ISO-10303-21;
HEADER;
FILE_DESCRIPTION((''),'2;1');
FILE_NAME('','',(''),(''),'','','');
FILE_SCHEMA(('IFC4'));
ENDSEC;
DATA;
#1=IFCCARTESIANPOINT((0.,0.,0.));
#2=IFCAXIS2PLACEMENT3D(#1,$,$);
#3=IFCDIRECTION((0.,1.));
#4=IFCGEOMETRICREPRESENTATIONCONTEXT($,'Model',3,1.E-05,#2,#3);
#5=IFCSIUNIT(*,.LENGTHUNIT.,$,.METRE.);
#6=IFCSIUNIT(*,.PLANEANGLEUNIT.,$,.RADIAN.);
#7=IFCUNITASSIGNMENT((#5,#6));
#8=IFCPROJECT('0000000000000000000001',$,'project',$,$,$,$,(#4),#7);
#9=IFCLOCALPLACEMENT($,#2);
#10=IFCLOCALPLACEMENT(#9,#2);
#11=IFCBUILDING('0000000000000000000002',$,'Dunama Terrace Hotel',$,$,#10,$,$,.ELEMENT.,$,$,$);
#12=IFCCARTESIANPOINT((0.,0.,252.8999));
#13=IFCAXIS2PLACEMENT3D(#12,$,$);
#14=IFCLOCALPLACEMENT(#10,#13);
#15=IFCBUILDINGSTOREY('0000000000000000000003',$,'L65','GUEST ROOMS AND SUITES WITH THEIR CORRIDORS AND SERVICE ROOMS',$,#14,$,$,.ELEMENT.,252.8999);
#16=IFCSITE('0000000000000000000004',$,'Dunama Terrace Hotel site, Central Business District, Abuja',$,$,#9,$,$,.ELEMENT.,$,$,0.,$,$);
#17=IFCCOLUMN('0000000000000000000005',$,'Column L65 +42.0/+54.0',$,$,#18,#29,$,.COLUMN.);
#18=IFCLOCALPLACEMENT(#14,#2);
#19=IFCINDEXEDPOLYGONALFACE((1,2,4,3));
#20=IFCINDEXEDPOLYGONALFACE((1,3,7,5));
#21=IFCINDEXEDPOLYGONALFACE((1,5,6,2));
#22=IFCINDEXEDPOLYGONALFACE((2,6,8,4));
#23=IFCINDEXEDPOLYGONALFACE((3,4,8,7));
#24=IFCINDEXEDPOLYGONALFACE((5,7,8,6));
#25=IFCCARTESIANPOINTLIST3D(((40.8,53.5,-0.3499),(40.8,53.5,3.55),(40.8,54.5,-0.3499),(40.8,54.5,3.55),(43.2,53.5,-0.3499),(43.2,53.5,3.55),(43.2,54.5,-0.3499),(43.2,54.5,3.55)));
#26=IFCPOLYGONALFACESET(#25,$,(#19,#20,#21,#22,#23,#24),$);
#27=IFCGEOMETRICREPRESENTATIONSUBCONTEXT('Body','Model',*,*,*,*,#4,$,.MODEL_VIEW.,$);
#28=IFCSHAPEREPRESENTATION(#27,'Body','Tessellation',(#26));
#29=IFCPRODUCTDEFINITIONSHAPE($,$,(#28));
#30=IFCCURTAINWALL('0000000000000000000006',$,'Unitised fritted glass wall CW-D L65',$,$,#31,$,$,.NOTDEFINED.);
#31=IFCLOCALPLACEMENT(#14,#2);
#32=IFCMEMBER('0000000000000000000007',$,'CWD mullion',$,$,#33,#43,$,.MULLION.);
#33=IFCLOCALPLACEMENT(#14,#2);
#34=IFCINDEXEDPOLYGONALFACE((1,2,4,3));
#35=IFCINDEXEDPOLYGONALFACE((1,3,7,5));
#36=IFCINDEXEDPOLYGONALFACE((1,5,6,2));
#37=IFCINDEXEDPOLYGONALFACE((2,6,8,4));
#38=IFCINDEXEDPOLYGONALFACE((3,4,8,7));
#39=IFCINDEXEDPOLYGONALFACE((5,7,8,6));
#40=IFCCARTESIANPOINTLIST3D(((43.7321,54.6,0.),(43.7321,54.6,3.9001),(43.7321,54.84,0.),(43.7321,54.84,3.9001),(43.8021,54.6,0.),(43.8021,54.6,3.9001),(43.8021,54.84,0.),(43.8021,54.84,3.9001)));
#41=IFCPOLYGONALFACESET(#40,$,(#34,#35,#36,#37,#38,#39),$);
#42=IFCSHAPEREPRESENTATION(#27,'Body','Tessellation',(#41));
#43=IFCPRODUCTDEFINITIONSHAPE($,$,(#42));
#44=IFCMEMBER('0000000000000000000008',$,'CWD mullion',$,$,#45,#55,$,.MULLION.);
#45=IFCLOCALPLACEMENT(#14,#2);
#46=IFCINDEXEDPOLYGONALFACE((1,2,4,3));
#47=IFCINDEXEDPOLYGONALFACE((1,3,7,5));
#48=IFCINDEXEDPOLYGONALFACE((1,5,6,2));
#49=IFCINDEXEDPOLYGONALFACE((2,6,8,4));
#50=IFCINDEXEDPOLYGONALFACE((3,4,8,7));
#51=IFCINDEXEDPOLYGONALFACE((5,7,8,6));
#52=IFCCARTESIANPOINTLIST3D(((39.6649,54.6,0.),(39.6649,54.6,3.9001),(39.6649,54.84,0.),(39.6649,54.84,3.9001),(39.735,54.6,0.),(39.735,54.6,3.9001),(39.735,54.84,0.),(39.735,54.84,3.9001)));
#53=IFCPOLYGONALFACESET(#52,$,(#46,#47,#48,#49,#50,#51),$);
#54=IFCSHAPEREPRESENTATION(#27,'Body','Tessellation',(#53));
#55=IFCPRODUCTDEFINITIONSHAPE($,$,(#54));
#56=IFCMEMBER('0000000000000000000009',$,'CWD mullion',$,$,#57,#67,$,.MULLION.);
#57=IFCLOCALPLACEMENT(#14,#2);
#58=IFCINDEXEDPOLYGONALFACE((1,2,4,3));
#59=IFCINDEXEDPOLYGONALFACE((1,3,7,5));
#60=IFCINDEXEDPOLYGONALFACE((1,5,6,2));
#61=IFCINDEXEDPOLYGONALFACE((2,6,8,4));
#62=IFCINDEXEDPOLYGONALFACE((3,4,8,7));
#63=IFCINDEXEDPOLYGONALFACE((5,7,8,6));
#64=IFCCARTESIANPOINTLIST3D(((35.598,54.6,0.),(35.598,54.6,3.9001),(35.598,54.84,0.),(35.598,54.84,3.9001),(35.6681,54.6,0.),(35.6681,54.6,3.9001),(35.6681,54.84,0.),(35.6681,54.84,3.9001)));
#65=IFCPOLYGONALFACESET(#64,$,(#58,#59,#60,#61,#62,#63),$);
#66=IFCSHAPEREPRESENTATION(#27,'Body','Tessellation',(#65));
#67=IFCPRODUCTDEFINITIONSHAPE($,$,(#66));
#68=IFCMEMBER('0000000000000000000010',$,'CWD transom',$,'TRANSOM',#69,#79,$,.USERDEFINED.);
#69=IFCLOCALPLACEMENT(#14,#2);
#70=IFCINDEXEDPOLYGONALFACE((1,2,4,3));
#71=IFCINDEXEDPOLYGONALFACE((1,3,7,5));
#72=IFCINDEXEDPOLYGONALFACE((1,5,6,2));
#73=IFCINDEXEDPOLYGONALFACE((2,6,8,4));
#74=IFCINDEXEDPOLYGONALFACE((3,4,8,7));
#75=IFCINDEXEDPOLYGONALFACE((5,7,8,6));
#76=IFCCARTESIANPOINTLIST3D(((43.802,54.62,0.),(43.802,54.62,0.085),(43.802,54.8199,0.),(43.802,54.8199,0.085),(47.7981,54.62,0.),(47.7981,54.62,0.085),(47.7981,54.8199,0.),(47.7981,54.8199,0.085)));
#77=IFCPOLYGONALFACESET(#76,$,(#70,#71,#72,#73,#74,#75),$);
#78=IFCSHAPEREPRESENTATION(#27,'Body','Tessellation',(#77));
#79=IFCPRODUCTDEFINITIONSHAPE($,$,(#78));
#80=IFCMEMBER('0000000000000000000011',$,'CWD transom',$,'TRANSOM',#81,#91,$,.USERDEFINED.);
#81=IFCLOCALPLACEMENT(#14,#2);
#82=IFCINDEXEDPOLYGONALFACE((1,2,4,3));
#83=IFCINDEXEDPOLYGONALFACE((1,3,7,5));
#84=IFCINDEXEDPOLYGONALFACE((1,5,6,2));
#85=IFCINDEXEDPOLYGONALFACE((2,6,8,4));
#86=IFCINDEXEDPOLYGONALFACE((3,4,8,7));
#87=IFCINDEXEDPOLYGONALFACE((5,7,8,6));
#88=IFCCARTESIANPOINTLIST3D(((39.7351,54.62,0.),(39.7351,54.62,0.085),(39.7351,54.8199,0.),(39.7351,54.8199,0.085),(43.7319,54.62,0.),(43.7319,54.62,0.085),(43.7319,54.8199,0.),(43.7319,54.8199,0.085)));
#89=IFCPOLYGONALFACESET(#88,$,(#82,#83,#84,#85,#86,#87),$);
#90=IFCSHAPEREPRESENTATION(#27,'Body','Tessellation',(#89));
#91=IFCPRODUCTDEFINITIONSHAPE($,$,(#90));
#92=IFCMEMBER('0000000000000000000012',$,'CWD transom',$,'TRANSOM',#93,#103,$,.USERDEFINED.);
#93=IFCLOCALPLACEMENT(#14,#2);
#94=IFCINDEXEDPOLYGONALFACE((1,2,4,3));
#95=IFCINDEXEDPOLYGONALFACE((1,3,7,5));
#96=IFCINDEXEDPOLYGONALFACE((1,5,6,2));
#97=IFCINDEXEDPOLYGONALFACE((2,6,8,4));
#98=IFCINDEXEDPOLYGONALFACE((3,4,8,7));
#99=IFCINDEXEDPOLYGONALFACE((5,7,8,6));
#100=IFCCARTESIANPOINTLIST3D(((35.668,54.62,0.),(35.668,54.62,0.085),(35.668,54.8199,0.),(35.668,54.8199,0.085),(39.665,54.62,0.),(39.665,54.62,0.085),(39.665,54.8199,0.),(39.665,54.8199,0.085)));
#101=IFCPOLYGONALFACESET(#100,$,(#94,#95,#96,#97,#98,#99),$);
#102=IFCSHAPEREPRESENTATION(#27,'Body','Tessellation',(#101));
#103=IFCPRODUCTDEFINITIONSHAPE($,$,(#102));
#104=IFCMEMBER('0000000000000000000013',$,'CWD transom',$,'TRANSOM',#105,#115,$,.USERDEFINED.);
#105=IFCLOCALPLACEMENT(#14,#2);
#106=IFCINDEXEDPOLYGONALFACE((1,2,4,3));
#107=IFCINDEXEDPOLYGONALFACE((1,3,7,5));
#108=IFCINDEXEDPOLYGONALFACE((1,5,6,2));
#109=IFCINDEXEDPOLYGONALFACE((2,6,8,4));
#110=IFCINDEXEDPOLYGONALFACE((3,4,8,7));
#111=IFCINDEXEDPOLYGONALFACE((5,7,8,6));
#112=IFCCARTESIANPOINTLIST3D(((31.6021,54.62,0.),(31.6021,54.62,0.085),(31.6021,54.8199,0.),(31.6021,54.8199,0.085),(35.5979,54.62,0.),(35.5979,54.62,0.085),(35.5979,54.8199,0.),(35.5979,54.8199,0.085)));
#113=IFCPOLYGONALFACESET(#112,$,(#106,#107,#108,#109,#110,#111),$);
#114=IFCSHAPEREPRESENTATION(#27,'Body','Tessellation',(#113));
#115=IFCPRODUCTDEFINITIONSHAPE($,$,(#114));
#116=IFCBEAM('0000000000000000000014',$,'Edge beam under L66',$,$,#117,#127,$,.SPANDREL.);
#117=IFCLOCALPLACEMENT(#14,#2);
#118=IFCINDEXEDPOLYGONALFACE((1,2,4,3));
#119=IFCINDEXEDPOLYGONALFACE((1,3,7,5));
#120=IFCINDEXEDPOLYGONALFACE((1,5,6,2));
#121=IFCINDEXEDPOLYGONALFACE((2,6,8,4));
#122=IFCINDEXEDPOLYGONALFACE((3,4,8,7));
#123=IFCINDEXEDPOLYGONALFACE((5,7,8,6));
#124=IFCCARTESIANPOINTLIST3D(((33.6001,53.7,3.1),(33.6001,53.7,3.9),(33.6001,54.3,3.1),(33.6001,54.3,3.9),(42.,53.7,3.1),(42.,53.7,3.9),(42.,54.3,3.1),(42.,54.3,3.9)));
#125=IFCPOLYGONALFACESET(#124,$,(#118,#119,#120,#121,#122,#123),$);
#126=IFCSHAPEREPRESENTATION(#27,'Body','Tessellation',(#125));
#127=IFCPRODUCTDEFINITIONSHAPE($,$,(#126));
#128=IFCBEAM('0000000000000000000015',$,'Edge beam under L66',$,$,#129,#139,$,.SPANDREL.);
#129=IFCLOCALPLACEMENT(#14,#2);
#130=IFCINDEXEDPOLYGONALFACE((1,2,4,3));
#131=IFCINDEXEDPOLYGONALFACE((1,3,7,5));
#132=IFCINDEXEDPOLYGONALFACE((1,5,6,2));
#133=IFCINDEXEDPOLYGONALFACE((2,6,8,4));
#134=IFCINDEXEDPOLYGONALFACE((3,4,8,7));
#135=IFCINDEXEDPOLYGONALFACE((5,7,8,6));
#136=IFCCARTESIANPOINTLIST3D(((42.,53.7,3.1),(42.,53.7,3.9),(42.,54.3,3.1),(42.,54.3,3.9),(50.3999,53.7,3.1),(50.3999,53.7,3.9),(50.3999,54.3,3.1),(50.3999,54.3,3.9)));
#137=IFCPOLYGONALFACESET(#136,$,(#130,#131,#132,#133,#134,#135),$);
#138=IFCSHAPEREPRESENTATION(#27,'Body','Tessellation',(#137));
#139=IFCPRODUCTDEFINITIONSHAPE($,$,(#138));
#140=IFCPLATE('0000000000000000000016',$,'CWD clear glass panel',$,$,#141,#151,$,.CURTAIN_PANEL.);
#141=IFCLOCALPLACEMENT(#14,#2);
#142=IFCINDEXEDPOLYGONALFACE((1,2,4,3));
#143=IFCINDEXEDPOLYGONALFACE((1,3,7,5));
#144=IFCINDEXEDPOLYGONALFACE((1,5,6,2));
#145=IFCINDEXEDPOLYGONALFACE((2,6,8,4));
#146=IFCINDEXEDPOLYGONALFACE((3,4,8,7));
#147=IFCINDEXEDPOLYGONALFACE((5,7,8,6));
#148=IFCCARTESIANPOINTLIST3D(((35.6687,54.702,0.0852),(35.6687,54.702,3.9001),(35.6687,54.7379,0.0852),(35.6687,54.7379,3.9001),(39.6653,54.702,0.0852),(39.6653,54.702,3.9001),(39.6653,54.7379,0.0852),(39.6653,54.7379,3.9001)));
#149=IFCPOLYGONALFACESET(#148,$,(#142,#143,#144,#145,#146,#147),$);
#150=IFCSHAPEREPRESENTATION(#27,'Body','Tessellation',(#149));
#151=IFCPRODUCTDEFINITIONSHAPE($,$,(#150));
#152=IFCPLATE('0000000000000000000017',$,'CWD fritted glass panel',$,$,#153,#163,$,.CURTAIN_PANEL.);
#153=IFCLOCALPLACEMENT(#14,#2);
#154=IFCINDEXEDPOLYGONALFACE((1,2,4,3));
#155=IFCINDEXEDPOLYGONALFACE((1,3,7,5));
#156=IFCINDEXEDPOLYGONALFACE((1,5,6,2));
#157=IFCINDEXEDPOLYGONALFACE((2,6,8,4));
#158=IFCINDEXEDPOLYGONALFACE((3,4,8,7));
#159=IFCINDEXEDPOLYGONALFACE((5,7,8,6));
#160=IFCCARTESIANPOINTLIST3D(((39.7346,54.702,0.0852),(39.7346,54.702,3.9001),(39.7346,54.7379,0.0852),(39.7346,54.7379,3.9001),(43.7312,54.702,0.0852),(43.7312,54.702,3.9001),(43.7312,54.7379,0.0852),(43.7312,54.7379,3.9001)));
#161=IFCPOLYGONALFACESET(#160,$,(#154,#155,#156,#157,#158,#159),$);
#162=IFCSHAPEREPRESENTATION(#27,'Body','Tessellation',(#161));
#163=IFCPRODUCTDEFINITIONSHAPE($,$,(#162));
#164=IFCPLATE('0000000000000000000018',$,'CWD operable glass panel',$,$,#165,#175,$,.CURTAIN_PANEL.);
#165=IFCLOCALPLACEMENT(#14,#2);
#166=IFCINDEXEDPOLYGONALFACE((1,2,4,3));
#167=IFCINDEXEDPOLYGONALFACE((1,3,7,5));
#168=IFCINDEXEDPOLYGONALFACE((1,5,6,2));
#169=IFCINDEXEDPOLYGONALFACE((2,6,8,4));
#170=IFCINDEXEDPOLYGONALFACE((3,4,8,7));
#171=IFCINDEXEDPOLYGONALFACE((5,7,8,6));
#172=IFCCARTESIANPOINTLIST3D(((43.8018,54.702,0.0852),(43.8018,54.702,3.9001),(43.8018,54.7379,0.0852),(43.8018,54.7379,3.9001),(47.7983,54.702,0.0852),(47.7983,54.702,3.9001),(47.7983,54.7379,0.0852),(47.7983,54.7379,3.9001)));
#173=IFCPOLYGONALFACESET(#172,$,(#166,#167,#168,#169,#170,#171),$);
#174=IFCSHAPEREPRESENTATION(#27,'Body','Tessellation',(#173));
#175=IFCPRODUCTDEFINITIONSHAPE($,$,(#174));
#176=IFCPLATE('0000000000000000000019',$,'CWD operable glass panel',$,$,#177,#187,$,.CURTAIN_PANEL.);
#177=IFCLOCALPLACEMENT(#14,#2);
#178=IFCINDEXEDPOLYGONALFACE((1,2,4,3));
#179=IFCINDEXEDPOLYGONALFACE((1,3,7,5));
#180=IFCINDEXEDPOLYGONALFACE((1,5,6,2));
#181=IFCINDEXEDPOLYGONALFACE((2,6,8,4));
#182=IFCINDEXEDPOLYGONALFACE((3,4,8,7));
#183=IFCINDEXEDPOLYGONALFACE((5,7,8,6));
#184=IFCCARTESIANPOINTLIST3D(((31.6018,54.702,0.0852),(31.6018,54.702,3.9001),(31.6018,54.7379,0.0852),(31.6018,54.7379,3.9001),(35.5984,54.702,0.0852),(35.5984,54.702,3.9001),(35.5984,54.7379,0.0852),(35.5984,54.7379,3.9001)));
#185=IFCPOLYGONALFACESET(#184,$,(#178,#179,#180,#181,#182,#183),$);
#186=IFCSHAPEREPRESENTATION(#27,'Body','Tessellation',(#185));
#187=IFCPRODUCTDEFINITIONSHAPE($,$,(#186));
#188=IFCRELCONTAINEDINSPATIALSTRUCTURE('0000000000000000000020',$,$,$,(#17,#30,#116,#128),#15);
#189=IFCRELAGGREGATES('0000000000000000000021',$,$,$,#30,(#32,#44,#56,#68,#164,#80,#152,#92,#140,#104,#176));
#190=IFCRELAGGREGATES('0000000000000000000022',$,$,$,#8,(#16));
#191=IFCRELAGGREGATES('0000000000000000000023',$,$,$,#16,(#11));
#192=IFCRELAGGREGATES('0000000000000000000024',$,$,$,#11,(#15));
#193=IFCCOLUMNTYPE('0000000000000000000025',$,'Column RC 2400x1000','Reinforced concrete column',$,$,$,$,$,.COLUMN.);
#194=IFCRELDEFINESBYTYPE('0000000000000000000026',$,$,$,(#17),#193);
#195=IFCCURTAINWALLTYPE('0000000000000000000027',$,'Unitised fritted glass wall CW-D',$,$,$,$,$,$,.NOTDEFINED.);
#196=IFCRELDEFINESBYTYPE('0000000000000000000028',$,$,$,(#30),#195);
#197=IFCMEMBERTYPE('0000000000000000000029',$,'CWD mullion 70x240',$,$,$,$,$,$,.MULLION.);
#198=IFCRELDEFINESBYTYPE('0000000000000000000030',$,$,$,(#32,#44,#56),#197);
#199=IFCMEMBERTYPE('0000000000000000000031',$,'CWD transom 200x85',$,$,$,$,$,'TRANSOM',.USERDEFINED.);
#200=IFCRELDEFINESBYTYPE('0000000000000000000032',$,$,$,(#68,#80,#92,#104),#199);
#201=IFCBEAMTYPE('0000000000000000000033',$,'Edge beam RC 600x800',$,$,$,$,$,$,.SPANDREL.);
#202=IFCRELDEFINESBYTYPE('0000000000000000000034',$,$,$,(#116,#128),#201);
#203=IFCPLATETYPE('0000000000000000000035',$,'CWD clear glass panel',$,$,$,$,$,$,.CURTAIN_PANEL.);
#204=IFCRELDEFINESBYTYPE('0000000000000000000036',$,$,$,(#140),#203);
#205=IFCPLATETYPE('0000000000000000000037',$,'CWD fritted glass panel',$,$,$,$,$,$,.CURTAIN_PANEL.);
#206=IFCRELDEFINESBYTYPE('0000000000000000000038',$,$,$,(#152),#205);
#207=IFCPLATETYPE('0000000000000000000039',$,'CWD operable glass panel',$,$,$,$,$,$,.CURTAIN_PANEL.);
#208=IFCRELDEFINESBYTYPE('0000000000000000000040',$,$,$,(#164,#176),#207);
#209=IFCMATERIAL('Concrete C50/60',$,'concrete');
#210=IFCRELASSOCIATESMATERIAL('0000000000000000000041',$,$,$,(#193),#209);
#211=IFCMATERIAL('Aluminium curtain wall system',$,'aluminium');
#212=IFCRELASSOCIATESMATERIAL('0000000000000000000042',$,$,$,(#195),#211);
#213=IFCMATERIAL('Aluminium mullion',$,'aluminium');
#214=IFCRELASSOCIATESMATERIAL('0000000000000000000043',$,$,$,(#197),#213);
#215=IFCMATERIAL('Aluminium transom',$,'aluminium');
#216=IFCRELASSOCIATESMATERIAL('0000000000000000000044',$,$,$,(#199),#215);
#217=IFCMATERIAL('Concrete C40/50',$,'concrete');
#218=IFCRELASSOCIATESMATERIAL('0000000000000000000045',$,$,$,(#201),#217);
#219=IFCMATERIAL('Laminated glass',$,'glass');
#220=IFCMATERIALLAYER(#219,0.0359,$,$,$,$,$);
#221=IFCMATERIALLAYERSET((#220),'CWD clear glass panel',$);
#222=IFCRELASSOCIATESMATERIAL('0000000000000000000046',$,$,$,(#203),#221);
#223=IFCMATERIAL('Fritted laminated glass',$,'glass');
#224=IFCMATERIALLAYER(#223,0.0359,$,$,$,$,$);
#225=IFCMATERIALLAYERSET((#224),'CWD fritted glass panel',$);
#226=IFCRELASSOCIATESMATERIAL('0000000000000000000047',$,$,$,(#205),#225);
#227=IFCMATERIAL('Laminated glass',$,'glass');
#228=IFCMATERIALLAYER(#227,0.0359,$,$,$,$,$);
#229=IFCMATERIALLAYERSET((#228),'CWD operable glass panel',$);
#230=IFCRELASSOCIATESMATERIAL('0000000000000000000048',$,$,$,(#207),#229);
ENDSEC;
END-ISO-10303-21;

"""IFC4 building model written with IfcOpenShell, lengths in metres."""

from ifc_helpers import new_model, si_unit, direction, frame, origin, origin_2d, place, context, subcontext, project, spatial, rectangle, extrude, material, layer, layer_set, material_profile, profile_set, type_object, element, aggregate, save


model = new_model("IFC4")

# Units and contexts
model_context = context("Model", 3, precision=1e-05, world=origin(), true_north=direction((0.0, 1.0)))
body_context = subcontext(model_context, "Body", "Model", "MODEL_VIEW")
ifc_project = project(units=[si_unit("LENGTHUNIT", "METRE"), si_unit("PLANEANGLEUNIT", "RADIAN")], contexts=[model_context])

# Site, building, storey
site_placement = place(None, origin())
site = spatial("IfcSite", under=ifc_project, at=site_placement, Name="Dunama Terrace Hotel site, Central Business District, Abuja", CompositionType="ELEMENT", RefElevation=0.0)
building_placement = place(site_placement, origin())
building = spatial("IfcBuilding", under=site, at=building_placement, Name="Dunama Terrace Hotel", CompositionType="ELEMENT")
storey_placement = place(building_placement, frame((0.0, 0.0, 252.8999)))
storey = spatial("IfcBuildingStorey", under=building, at=storey_placement, Name="L65", Description="GUEST ROOMS AND SUITES WITH THEIR CORRIDORS AND SERVICE ROOMS", CompositionType="ELEMENT", Elevation=252.8999)

# Column
ifc_material_1 = material(Name="Concrete C50/60", Category="concrete")
ifc_material_profile_1 = material_profile(ifc_material_1, rectangle(XDim=2.3999, YDim=1.0, at=origin_2d()), Name="RC 2400x1000")
ifc_profile_set_1 = profile_set([ifc_material_profile_1], Name="Concrete C50/60")
column_type = type_object("IfcColumnType", Name="Column RC 2400x1000", Description="Reinforced concrete column", PredefinedType="COLUMN", material=ifc_profile_set_1)
column_placement = place(storey_placement, frame((42.0, 54.0, -0.3499), z_axis=(0.0, 0.0, 1.0), x_axis=(1.0, 0.0, 0.0)))
element("IfcColumn", 1, at=column_placement, inside=storey, type_object=column_type, Name="Column L65 +42.0/+54.0", PredefinedType="COLUMN", context=body_context, shape_type="SweptSolid", body=[
    extrude(rectangle(XDim=2.3999, YDim=1.0, at=origin_2d()), origin(), (0.0, 0.0, 1.0), 3.8999),
])

# Curtain wall, members
ifc_material_2 = material(Name="Aluminium curtain wall system", Category="aluminium")
curtain_wall_type = type_object("IfcCurtainWallType", Name="Unitised fritted glass wall CW-D", PredefinedType="NOTDEFINED", material=ifc_material_2)
curtain_wall_placement = place(storey_placement, origin())
curtain_wall = element("IfcCurtainWall", 2, at=curtain_wall_placement, inside=storey, type_object=curtain_wall_type, Name="Unitised fritted glass wall CW-D L65", PredefinedType="NOTDEFINED")
ifc_material_3 = material(Name="Aluminium mullion", Category="aluminium")
ifc_material_profile_2 = material_profile(ifc_material_3, rectangle(XDim=0.0701, YDim=0.24, at=origin_2d()), Name="CWD MULLION 70X240")
ifc_profile_set_2 = profile_set([ifc_material_profile_2], Name="Aluminium mullion")
member_type_1 = type_object("IfcMemberType", Name="CWD mullion 70x240", PredefinedType="MULLION", material=ifc_profile_set_2)
member_1_placement = place(storey_placement, frame((43.7671, 54.72, 0.0), z_axis=(0.0, 0.0, 1.0), x_axis=(-1.0, 0.0, 0.0)))
member_1 = element("IfcMember", 3, at=member_1_placement, type_object=member_type_1, Name="CWD mullion", PredefinedType="MULLION", context=body_context, shape_type="SweptSolid", body=[
    extrude(rectangle(XDim=0.0701, YDim=0.24, at=origin_2d()), origin(), (0.0, 0.0, 1.0), 3.9001),
])
member_2_placement = place(storey_placement, frame((39.7, 54.72, 0.0), z_axis=(0.0, 0.0, 1.0), x_axis=(-1.0, 0.0, 0.0)))
member_2 = element("IfcMember", 4, at=member_2_placement, type_object=member_type_1, Name="CWD mullion", PredefinedType="MULLION", context=body_context, shape_type="SweptSolid", body=[
    extrude(rectangle(XDim=0.0701, YDim=0.24, at=origin_2d()), origin(), (0.0, 0.0, 1.0), 3.9001),
])
member_3_placement = place(storey_placement, frame((35.6331, 54.72, 0.0), z_axis=(0.0, 0.0, 1.0), x_axis=(-1.0, 0.0, 0.0)))
member_3 = element("IfcMember", 5, at=member_3_placement, type_object=member_type_1, Name="CWD mullion", PredefinedType="MULLION", context=body_context, shape_type="SweptSolid", body=[
    extrude(rectangle(XDim=0.0701, YDim=0.24, at=origin_2d()), origin(), (0.0, 0.0, 1.0), 3.9001),
])
ifc_material_4 = material(Name="Aluminium transom", Category="aluminium")
ifc_material_profile_3 = material_profile(ifc_material_4, rectangle(XDim=0.2, YDim=0.085, at=origin_2d()), Name="CWD TRANSOM 200X85")
ifc_profile_set_3 = profile_set([ifc_material_profile_3], Name="Aluminium transom")
member_type_2 = type_object("IfcMemberType", Name="CWD transom 200x85", ElementType="TRANSOM", PredefinedType="USERDEFINED", material=ifc_profile_set_3)
member_4_placement = place(storey_placement, frame((47.7981, 54.72, 0.0425), z_axis=(-1.0, 0.0, 0.0), x_axis=(0.0, -1.0, 0.0)))
member_4 = element("IfcMember", 6, at=member_4_placement, type_object=member_type_2, Name="CWD transom", ObjectType="TRANSOM", PredefinedType="USERDEFINED", context=body_context, shape_type="SweptSolid", body=[
    extrude(rectangle(XDim=0.2, YDim=0.085, at=origin_2d()), origin(), (0.0, 0.0, 1.0), 3.9961),
])
member_5_placement = place(storey_placement, frame((43.7319, 54.72, 0.0425), z_axis=(-1.0, 0.0, 0.0), x_axis=(0.0, -1.0, 0.0)))
member_5 = element("IfcMember", 7, at=member_5_placement, type_object=member_type_2, Name="CWD transom", ObjectType="TRANSOM", PredefinedType="USERDEFINED", context=body_context, shape_type="SweptSolid", body=[
    extrude(rectangle(XDim=0.2, YDim=0.085, at=origin_2d()), origin(), (0.0, 0.0, 1.0), 3.9968),
])
member_6_placement = place(storey_placement, frame((39.665, 54.72, 0.0425), z_axis=(-1.0, 0.0, 0.0), x_axis=(0.0, -1.0, 0.0)))
member_6 = element("IfcMember", 8, at=member_6_placement, type_object=member_type_2, Name="CWD transom", ObjectType="TRANSOM", PredefinedType="USERDEFINED", context=body_context, shape_type="SweptSolid", body=[
    extrude(rectangle(XDim=0.2, YDim=0.085, at=origin_2d()), origin(), (0.0, 0.0, 1.0), 3.9971),
])
member_7_placement = place(storey_placement, frame((35.5979, 54.72, 0.0425), z_axis=(-1.0, 0.0, 0.0), x_axis=(0.0, -1.0, 0.0)))
member_7 = element("IfcMember", 9, at=member_7_placement, type_object=member_type_2, Name="CWD transom", ObjectType="TRANSOM", PredefinedType="USERDEFINED", context=body_context, shape_type="SweptSolid", body=[
    extrude(rectangle(XDim=0.2, YDim=0.085, at=origin_2d()), origin(), (0.0, 0.0, 1.0), 3.9958),
])

# Beams
ifc_material_5 = material(Name="Concrete C40/50", Category="concrete")
ifc_material_profile_4 = material_profile(ifc_material_5, rectangle(XDim=0.6001, YDim=0.8, at=origin_2d()), Name="RC 600x800")
ifc_profile_set_4 = profile_set([ifc_material_profile_4], Name="Concrete C40/50")
beam_type = type_object("IfcBeamType", Name="Edge beam RC 600x800", PredefinedType="SPANDREL", material=ifc_profile_set_4)
for number, where, z_axis, x_axis, name in (
    (10, (33.6001, 54.0, 3.5), (1.0, 0.0, 0.0), (0.0, 1.0, 0.0), "Edge beam under L66"),
    (11, (42.0, 54.0, 3.5), (1.0, 0.0, 0.0), (0.0, 1.0, 0.0), "Edge beam under L66"),
):
    element("IfcBeam", number, at=place(storey_placement, frame(where, z_axis=z_axis, x_axis=x_axis)), inside=storey, type_object=beam_type, Name=name, PredefinedType="SPANDREL", context=body_context, shape_type="SweptSolid", body=[
        extrude(rectangle(XDim=0.6001, YDim=0.8, at=origin_2d()), origin(), (0.0, 0.0, 1.0), 8.3999),
    ])

# Plates
ifc_material_6 = material(Name="Laminated glass", Category="glass")
ifc_layer_1 = layer(ifc_material_6, 0.0359)
ifc_layer_set_1 = layer_set([ifc_layer_1], Name="CWD clear glass panel")
plate_type_1 = type_object("IfcPlateType", Name="CWD clear glass panel", PredefinedType="CURTAIN_PANEL", material=ifc_layer_set_1)
plate_1_placement = place(storey_placement, frame((37.667, 54.72, 0.0852), z_axis=(0.0, 0.0, 1.0), x_axis=(-1.0, 0.0, 0.0)))
plate_1 = element("IfcPlate", 12, at=plate_1_placement, type_object=plate_type_1, Name="CWD clear glass panel", PredefinedType="CURTAIN_PANEL", context=body_context, shape_type="SweptSolid", body=[
    extrude(rectangle(XDim=3.9966, YDim=0.0359, at=origin_2d()), origin(), (0.0, 0.0, 1.0), 3.8149),
])
ifc_material_7 = material(Name="Fritted laminated glass", Category="glass")
ifc_layer_2 = layer(ifc_material_7, 0.0359)
ifc_layer_set_2 = layer_set([ifc_layer_2], Name="CWD fritted glass panel")
plate_type_2 = type_object("IfcPlateType", Name="CWD fritted glass panel", PredefinedType="CURTAIN_PANEL", material=ifc_layer_set_2)
plate_2_placement = place(storey_placement, frame((41.7329, 54.72, 0.0852), z_axis=(0.0, 0.0, 1.0), x_axis=(-1.0, 0.0, 0.0)))
plate_2 = element("IfcPlate", 13, at=plate_2_placement, type_object=plate_type_2, Name="CWD fritted glass panel", PredefinedType="CURTAIN_PANEL", context=body_context, shape_type="SweptSolid", body=[
    extrude(rectangle(XDim=3.9966, YDim=0.0359, at=origin_2d()), origin(), (0.0, 0.0, 1.0), 3.8149),
])
ifc_material_8 = material(Name="Laminated glass", Category="glass")
ifc_layer_3 = layer(ifc_material_8, 0.0359)
ifc_layer_set_3 = layer_set([ifc_layer_3], Name="CWD operable glass panel")
plate_type_3 = type_object("IfcPlateType", Name="CWD operable glass panel", PredefinedType="CURTAIN_PANEL", material=ifc_layer_set_3)
plate_3_placement = place(storey_placement, frame((45.8, 54.72, 0.0852), z_axis=(0.0, 0.0, 1.0), x_axis=(-1.0, 0.0, 0.0)))
plate_3 = element("IfcPlate", 14, at=plate_3_placement, type_object=plate_type_3, Name="CWD operable glass panel", PredefinedType="CURTAIN_PANEL", context=body_context, shape_type="SweptSolid", body=[
    extrude(rectangle(XDim=3.9966, YDim=0.0359, at=origin_2d()), origin(), (0.0, 0.0, 1.0), 3.8149),
])
plate_4_placement = place(storey_placement, frame((33.6001, 54.72, 0.0852), z_axis=(0.0, 0.0, 1.0), x_axis=(-1.0, 0.0, 0.0)))
plate_4 = element("IfcPlate", 15, at=plate_4_placement, type_object=plate_type_3, Name="CWD operable glass panel", PredefinedType="CURTAIN_PANEL", context=body_context, shape_type="SweptSolid", body=[
    extrude(rectangle(XDim=3.9966, YDim=0.0359, at=origin_2d()), origin(), (0.0, 0.0, 1.0), 3.8149),
])
aggregate(curtain_wall, [member_1, member_2, member_3, member_4, plate_3, member_5, plate_2, member_6, plate_1, member_7, plate_4])

save(model, "model.ifc")
